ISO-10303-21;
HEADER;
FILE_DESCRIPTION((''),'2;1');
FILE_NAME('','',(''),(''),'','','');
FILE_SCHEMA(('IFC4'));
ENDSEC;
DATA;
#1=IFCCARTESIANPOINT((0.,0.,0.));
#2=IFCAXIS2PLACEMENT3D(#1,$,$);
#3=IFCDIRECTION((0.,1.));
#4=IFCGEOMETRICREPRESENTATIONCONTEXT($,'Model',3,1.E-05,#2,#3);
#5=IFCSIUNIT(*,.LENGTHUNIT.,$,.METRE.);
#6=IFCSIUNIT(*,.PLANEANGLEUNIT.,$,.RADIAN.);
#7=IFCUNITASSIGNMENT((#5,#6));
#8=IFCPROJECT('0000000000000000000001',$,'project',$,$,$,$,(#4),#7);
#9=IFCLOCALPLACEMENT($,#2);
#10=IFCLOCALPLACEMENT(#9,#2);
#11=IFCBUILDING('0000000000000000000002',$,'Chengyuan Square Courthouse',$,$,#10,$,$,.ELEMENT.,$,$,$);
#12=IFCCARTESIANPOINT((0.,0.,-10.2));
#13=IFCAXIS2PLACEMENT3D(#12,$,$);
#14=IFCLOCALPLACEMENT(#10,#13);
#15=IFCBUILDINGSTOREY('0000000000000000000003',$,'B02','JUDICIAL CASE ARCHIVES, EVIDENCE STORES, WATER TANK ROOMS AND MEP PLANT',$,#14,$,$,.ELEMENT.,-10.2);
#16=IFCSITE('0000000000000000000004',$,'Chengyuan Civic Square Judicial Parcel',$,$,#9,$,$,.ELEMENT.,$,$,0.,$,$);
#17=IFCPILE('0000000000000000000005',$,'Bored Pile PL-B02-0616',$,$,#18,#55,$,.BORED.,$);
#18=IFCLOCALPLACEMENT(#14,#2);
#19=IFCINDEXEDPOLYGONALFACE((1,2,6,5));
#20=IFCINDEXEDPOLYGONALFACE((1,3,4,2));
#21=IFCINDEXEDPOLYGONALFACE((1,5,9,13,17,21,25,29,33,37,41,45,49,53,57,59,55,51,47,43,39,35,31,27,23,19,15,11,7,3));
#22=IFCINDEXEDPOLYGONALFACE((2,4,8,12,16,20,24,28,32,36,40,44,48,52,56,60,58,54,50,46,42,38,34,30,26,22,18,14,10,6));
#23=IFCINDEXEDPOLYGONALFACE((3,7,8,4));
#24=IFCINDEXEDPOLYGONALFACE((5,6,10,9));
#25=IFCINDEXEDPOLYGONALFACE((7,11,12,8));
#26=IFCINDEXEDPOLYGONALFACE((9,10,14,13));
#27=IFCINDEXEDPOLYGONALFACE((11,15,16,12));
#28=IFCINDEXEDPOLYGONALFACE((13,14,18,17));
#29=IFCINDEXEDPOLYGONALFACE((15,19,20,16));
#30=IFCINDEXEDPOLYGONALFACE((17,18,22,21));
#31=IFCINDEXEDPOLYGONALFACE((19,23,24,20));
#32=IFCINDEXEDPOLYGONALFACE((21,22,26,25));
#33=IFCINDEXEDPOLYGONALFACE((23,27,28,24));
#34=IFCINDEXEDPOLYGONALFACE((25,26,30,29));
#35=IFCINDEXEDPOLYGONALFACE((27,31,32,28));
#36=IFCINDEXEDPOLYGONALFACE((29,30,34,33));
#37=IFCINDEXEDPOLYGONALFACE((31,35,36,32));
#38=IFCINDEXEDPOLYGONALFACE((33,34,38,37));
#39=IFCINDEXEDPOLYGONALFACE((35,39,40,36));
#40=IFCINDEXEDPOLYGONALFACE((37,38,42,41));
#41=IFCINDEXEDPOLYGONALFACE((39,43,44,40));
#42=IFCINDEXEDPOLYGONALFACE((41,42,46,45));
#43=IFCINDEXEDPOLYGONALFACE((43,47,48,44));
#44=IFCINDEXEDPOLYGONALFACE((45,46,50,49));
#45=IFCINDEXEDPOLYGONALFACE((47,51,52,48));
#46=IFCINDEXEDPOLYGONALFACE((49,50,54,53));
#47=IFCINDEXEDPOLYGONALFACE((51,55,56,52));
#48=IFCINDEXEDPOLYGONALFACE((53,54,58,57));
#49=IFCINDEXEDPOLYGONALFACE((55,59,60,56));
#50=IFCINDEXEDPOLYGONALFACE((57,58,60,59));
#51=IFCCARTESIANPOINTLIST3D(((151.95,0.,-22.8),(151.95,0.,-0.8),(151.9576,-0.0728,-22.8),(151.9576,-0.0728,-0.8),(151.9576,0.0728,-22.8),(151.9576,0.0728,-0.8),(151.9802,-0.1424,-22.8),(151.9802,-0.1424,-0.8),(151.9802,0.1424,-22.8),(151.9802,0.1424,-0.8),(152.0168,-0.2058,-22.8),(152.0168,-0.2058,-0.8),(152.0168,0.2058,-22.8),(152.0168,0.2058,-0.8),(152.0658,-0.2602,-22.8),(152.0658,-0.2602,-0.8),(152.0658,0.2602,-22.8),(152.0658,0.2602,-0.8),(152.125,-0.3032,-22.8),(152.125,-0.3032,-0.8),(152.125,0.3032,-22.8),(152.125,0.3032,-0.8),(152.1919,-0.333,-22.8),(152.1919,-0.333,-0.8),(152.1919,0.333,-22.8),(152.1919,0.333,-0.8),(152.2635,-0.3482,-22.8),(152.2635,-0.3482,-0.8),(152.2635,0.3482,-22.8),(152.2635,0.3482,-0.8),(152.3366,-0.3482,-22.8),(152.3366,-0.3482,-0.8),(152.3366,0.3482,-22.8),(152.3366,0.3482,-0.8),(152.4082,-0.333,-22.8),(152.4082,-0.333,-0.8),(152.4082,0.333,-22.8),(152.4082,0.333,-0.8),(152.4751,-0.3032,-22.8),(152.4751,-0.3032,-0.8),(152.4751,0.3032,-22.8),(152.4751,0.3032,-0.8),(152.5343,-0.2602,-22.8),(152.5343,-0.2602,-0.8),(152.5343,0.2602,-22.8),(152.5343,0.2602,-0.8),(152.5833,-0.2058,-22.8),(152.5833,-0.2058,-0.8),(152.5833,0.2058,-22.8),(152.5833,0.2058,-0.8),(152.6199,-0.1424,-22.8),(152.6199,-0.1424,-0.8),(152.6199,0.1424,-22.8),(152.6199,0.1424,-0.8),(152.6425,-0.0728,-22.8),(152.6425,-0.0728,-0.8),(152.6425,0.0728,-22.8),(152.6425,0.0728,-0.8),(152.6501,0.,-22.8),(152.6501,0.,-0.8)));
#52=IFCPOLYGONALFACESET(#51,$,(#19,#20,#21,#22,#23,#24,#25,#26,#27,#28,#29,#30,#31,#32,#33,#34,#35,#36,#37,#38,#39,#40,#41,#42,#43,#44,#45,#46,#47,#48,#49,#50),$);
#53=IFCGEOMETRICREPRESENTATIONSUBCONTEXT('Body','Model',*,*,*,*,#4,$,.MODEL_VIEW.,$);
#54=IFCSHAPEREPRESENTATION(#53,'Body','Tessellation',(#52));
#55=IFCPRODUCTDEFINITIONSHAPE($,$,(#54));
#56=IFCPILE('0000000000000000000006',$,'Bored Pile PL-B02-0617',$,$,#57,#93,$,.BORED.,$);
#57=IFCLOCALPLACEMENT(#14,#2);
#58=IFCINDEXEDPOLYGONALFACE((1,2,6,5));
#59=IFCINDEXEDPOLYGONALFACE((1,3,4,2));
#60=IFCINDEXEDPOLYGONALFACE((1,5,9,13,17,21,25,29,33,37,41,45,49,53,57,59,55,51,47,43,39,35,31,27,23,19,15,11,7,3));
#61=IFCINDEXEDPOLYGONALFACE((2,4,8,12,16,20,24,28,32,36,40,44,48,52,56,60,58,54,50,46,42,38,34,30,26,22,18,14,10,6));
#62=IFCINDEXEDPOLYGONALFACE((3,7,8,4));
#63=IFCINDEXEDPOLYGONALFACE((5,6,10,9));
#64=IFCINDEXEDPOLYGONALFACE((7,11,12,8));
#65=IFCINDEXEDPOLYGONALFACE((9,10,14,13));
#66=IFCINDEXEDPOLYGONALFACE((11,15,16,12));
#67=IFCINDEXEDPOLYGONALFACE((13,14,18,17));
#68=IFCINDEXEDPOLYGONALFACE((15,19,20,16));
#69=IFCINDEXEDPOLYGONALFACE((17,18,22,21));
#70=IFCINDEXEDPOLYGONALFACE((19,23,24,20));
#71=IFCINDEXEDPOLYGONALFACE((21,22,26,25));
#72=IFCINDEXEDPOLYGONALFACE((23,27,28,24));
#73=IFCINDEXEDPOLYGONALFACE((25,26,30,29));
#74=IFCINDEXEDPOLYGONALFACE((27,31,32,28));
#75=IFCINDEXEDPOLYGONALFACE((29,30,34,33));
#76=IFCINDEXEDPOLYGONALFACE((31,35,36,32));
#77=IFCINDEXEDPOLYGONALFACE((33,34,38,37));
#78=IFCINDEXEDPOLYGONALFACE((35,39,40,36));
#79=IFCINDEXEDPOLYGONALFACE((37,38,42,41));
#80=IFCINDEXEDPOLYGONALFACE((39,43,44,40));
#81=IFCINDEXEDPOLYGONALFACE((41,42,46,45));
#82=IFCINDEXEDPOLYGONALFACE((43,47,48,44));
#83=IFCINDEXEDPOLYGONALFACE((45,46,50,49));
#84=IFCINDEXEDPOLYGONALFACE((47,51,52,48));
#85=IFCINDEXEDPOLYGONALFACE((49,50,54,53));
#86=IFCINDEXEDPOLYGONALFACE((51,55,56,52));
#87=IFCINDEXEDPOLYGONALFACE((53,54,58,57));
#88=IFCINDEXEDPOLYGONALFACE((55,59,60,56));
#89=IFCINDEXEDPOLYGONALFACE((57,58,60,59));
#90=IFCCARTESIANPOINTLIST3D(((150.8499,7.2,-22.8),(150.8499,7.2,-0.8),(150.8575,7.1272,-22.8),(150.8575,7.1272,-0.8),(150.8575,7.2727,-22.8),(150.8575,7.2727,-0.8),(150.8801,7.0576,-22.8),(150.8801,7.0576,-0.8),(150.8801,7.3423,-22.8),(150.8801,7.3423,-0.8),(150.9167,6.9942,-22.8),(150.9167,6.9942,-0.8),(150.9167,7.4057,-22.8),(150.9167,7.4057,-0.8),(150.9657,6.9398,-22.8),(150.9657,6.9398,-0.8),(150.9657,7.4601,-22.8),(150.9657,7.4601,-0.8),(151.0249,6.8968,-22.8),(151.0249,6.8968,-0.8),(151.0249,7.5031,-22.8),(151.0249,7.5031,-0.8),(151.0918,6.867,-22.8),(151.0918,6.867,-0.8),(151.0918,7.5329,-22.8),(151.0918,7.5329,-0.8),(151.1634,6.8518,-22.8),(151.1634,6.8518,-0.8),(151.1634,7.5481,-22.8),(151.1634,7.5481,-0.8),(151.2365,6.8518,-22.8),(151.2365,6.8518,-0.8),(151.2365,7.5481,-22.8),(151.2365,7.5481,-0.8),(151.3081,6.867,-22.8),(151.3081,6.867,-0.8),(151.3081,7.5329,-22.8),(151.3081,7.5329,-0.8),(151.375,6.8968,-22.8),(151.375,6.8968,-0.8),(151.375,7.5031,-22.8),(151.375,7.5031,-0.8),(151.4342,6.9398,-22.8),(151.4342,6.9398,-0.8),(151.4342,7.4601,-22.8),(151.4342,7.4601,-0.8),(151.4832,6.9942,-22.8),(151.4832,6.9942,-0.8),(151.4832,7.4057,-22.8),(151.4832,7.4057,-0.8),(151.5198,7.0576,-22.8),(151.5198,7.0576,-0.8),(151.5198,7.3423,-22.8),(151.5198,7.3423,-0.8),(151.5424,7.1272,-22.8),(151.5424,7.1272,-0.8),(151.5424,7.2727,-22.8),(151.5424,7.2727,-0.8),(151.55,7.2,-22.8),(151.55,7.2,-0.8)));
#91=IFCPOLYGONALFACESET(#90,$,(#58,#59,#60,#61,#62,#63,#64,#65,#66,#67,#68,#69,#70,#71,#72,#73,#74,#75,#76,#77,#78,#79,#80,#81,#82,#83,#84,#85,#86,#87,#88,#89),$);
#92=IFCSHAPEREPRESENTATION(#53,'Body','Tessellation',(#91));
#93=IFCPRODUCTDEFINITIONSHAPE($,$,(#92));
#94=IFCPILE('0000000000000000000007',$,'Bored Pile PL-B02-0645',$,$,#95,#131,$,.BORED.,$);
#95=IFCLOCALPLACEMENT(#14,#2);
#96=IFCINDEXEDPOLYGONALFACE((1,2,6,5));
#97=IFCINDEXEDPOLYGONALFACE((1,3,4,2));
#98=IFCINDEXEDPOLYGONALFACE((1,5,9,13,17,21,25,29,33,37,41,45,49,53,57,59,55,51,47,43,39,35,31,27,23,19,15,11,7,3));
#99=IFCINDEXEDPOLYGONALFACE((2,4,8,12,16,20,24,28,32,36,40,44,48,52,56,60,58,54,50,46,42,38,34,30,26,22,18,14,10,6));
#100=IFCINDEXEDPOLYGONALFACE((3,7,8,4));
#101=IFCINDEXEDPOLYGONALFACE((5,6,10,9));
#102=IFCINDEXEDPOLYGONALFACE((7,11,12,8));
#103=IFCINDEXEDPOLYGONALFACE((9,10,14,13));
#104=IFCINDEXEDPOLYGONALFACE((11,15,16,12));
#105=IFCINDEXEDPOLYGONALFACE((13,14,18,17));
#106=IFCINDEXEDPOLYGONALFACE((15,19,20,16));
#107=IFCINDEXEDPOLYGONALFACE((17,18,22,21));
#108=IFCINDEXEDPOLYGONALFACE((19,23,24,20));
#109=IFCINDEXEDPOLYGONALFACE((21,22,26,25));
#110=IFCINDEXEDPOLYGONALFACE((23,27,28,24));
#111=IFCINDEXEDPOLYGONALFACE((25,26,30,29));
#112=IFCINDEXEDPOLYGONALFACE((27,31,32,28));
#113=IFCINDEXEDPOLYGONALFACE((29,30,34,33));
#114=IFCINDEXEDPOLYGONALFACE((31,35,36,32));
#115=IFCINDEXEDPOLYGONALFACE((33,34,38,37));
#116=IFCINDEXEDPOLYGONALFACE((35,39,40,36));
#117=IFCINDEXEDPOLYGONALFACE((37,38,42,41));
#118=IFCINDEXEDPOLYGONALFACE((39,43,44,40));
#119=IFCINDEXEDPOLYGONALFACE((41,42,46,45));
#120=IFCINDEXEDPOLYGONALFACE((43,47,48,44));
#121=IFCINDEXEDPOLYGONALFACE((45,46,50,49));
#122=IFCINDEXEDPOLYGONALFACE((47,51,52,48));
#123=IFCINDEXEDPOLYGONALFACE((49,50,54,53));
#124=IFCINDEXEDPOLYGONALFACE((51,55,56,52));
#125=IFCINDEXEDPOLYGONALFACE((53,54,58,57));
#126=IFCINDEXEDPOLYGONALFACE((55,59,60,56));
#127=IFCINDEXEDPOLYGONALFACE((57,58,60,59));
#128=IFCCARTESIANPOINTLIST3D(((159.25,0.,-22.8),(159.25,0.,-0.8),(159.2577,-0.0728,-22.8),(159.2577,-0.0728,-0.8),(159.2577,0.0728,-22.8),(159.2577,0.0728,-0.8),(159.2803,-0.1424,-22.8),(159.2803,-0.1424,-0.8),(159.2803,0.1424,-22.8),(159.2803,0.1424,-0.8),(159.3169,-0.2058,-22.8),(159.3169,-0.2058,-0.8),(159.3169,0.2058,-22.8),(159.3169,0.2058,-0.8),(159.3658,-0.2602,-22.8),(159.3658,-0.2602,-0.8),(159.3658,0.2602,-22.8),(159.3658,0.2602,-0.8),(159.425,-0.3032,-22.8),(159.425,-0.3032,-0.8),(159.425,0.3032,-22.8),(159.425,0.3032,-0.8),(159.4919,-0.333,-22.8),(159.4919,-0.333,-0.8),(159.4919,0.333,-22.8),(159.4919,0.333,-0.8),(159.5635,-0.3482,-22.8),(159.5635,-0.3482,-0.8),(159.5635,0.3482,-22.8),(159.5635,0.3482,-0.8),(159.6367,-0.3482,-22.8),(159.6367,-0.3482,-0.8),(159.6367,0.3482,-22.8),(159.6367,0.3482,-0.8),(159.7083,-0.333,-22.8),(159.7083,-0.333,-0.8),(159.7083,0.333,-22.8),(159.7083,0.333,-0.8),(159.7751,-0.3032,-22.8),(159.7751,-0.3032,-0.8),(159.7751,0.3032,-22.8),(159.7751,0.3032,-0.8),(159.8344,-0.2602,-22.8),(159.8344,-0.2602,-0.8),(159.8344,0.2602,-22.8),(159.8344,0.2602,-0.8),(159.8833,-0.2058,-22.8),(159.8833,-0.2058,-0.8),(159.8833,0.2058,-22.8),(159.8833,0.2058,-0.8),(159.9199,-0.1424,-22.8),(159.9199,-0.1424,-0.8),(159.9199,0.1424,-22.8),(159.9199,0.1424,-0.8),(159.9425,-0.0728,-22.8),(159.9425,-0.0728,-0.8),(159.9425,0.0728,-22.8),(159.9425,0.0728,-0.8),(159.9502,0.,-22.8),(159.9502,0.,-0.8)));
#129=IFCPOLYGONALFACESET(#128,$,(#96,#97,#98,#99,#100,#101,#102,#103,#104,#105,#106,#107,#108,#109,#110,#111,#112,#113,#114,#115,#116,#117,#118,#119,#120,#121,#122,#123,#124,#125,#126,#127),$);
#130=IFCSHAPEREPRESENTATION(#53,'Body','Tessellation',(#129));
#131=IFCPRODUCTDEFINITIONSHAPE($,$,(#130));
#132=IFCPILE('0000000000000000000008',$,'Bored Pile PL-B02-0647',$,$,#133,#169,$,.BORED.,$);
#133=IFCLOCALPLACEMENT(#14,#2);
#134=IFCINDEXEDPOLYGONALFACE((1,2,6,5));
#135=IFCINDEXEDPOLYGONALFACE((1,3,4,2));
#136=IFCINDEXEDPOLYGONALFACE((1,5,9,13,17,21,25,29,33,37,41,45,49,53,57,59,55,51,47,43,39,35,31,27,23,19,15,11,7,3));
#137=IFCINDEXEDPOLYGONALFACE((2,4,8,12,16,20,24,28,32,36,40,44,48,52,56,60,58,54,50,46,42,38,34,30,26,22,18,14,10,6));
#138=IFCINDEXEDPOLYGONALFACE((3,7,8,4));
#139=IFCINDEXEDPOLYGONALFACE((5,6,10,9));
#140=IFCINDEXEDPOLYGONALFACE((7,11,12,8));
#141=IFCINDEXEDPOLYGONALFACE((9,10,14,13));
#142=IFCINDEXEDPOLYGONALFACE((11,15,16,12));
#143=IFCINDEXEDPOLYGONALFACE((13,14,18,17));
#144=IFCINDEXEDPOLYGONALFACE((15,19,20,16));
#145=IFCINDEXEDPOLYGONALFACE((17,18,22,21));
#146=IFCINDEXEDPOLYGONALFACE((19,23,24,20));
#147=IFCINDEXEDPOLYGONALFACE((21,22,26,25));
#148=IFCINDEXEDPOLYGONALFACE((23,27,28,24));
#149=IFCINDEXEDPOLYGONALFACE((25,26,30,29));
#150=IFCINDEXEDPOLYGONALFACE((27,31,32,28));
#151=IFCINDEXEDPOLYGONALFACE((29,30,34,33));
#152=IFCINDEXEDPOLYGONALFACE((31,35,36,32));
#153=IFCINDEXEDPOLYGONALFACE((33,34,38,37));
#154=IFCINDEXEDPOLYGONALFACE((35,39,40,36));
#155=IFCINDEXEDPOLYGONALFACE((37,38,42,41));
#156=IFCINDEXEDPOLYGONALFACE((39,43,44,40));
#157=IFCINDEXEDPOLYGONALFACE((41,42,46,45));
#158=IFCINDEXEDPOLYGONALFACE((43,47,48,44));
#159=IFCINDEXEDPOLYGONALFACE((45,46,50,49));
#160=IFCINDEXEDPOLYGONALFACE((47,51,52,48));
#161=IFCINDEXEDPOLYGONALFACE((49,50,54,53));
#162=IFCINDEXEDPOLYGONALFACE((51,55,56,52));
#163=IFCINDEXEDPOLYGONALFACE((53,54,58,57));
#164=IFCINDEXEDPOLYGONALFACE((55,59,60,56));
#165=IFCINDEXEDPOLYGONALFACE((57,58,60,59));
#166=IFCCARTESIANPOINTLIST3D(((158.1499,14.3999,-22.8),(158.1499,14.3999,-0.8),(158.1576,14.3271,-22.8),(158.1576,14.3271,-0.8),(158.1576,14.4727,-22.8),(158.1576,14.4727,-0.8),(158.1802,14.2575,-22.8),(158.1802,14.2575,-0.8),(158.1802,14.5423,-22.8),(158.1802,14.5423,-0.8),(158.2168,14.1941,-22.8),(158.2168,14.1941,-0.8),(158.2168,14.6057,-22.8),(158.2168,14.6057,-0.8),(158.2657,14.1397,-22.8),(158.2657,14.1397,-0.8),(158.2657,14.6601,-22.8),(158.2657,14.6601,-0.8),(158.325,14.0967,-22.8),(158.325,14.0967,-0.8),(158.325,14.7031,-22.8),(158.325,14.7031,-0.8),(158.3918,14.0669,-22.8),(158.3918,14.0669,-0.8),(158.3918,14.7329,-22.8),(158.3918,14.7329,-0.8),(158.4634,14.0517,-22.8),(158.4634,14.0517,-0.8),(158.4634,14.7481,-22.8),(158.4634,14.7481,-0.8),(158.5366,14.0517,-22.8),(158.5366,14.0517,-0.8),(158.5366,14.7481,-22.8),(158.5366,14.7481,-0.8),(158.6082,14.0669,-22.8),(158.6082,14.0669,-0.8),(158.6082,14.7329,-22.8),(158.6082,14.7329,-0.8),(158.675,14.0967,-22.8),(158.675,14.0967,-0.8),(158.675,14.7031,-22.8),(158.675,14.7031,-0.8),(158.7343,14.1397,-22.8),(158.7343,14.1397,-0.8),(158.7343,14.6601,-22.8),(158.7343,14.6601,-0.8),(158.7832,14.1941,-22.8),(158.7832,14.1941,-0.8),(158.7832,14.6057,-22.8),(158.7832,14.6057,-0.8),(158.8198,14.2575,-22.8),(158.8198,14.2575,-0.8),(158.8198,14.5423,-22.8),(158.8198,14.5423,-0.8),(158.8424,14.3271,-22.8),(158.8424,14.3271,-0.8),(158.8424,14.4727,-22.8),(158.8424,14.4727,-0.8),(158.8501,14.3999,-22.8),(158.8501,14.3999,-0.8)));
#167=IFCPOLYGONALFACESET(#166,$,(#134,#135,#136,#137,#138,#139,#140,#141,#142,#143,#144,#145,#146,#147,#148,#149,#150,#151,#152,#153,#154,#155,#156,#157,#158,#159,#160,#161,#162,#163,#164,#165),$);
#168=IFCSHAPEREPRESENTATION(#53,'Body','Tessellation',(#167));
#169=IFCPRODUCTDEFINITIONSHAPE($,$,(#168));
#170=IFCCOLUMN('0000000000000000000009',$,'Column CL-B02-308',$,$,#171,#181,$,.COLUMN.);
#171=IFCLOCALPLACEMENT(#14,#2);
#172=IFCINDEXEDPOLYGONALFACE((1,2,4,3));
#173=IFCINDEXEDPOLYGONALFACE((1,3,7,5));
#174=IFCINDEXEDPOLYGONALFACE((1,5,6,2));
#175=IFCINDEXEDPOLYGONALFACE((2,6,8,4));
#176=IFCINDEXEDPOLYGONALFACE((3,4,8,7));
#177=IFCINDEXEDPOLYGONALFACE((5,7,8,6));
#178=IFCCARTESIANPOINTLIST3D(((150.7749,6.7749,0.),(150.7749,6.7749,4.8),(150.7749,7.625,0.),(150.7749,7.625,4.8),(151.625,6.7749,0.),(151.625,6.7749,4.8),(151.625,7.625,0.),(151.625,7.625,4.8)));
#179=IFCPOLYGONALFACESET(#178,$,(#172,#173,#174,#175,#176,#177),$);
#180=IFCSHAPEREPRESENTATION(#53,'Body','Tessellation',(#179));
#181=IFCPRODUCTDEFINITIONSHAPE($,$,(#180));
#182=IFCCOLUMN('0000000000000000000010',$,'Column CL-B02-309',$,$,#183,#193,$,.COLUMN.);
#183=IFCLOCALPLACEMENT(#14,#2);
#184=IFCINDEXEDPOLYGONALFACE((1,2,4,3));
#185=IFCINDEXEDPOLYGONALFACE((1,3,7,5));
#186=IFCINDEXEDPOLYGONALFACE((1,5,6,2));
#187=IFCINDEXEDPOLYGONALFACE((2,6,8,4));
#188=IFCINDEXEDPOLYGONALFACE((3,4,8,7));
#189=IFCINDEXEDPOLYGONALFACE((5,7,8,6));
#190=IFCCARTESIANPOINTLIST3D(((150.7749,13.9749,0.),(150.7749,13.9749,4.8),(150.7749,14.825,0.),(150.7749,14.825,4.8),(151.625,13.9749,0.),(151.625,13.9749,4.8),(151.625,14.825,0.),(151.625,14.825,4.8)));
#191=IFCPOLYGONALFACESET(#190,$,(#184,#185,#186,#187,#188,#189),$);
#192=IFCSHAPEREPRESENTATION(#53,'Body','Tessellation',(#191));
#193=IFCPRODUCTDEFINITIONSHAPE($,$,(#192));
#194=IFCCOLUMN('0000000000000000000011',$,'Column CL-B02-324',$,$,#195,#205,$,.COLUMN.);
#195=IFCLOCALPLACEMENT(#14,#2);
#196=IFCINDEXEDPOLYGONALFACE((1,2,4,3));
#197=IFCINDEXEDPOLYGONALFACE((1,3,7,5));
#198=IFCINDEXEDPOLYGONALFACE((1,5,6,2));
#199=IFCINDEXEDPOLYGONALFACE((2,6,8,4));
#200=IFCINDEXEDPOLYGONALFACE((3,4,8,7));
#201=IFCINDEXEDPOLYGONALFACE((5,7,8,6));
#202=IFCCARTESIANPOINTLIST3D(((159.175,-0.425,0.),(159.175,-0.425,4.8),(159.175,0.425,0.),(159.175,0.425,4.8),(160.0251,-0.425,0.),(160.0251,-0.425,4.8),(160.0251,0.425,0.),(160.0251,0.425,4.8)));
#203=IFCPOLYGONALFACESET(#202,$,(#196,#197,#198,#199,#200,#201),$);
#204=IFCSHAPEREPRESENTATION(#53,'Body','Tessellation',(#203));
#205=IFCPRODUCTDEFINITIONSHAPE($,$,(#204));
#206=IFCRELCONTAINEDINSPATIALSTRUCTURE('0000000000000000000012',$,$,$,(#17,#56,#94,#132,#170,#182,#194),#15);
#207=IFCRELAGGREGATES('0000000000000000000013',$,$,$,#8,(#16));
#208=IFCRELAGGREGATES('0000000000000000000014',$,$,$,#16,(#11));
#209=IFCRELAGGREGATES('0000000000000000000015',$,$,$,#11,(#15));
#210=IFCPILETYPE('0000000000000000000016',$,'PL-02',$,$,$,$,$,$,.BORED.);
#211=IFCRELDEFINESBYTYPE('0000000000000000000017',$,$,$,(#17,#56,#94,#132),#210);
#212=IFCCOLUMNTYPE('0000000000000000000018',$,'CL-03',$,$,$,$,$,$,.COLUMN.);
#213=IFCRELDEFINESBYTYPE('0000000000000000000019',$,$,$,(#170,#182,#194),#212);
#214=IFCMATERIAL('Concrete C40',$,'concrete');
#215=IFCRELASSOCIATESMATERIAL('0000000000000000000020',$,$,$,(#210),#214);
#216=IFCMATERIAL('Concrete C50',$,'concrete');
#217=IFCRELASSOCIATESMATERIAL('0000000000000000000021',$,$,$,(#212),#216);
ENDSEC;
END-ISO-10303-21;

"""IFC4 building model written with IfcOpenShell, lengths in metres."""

from ifc_helpers import new_model, si_unit, direction, frame, origin, origin_2d, place, context, subcontext, project, spatial, rectangle, circle, extrude, material, material_profile, profile_set, type_object, element, save


model = new_model("IFC4")

# Units and contexts
model_context = context("Model", 3, precision=1e-05, world=origin(), true_north=direction((0.0, 1.0)))
body_context = subcontext(model_context, "Body", "Model", "MODEL_VIEW")
ifc_project = project(units=[si_unit("LENGTHUNIT", "METRE"), si_unit("PLANEANGLEUNIT", "RADIAN")], contexts=[model_context])

# Site, building, storey
site_placement = place(None, origin())
site = spatial("IfcSite", under=ifc_project, at=site_placement, Name="Chengyuan Civic Square Judicial Parcel", CompositionType="ELEMENT", RefElevation=0.0)
building_placement = place(site_placement, origin())
building = spatial("IfcBuilding", under=site, at=building_placement, Name="Chengyuan Square Courthouse", CompositionType="ELEMENT")
storey_placement = place(building_placement, frame((0.0, 0.0, -10.2)))
storey = spatial("IfcBuildingStorey", under=building, at=storey_placement, Name="B02", Description="JUDICIAL CASE ARCHIVES, EVIDENCE STORES, WATER TANK ROOMS AND MEP PLANT", CompositionType="ELEMENT", Elevation=-10.2)

# Shared definitions
ifc_material_1 = material(Name="Concrete C40", Category="concrete")

# Piles
ifc_material_profile_1 = material_profile(ifc_material_1, circle(Radius=0.3501, at=origin_2d()), Name="BORED PILE D700")
ifc_profile_set_1 = profile_set([ifc_material_profile_1], Name="Concrete C40")
pile_type_1 = type_object("IfcPileType", Name="PL-02", PredefinedType="BORED", material=ifc_profile_set_1)
for number, where, z_axis, x_axis, name in (
    (1, (152.3, 0.0, -0.8), (0.0, 0.0, -1.0), (1.0, 0.0, 0.0), "Bored Pile PL-B02-0616"),
    (2, (151.2, 7.2, -0.8), (0.0, 0.0, -1.0), (1.0, 0.0, 0.0), "Bored Pile PL-B02-0617"),
    (3, (159.6001, 0.0, -0.8), (0.0, 0.0, -1.0), (1.0, 0.0, 0.0), "Bored Pile PL-B02-0645"),
    (4, (158.5, 14.3999, -0.8), (0.0, 0.0, -1.0), (1.0, 0.0, 0.0), "Bored Pile PL-B02-0647"),
):
    element("IfcPile", number, at=place(storey_placement, frame(where, z_axis=z_axis, x_axis=x_axis)), inside=storey, type_object=pile_type_1, Name=name, PredefinedType="BORED", context=body_context, shape_type="SweptSolid", body=[
        extrude(circle(Radius=0.3501, at=origin_2d()), origin(), (0.0, 0.0, 1.0), 22.0),
    ])

# Columns
ifc_material_2 = material(Name="Concrete C50", Category="concrete")
ifc_material_profile_2 = material_profile(ifc_material_2, rectangle(XDim=0.8501, YDim=0.8501, at=origin_2d()), Name="RC-COL-850x850")
ifc_profile_set_2 = profile_set([ifc_material_profile_2], Name="Concrete C50")
column_type = type_object("IfcColumnType", Name="CL-03", PredefinedType="COLUMN", material=ifc_profile_set_2)
for number, where, z_axis, x_axis, name in (
    (5, (151.2, 7.2, 0.0), (0.0, 0.0, 1.0), (1.0, 0.0, 0.0), "Column CL-B02-308"),
    (6, (151.2, 14.3999, 0.0), (0.0, 0.0, 1.0), (1.0, 0.0, 0.0), "Column CL-B02-309"),
    (7, (159.6001, 0.0, 0.0), (0.0, 0.0, 1.0), (1.0, 0.0, 0.0), "Column CL-B02-324"),
):
    element("IfcColumn", number, at=place(storey_placement, frame(where, z_axis=z_axis, x_axis=x_axis)), inside=storey, type_object=column_type, Name=name, PredefinedType="COLUMN", context=body_context, shape_type="SweptSolid", body=[
        extrude(rectangle(XDim=0.8501, YDim=0.8501, at=origin_2d()), origin(), (0.0, 0.0, 1.0), 4.8),
    ])

save(model, "model.ifc")
